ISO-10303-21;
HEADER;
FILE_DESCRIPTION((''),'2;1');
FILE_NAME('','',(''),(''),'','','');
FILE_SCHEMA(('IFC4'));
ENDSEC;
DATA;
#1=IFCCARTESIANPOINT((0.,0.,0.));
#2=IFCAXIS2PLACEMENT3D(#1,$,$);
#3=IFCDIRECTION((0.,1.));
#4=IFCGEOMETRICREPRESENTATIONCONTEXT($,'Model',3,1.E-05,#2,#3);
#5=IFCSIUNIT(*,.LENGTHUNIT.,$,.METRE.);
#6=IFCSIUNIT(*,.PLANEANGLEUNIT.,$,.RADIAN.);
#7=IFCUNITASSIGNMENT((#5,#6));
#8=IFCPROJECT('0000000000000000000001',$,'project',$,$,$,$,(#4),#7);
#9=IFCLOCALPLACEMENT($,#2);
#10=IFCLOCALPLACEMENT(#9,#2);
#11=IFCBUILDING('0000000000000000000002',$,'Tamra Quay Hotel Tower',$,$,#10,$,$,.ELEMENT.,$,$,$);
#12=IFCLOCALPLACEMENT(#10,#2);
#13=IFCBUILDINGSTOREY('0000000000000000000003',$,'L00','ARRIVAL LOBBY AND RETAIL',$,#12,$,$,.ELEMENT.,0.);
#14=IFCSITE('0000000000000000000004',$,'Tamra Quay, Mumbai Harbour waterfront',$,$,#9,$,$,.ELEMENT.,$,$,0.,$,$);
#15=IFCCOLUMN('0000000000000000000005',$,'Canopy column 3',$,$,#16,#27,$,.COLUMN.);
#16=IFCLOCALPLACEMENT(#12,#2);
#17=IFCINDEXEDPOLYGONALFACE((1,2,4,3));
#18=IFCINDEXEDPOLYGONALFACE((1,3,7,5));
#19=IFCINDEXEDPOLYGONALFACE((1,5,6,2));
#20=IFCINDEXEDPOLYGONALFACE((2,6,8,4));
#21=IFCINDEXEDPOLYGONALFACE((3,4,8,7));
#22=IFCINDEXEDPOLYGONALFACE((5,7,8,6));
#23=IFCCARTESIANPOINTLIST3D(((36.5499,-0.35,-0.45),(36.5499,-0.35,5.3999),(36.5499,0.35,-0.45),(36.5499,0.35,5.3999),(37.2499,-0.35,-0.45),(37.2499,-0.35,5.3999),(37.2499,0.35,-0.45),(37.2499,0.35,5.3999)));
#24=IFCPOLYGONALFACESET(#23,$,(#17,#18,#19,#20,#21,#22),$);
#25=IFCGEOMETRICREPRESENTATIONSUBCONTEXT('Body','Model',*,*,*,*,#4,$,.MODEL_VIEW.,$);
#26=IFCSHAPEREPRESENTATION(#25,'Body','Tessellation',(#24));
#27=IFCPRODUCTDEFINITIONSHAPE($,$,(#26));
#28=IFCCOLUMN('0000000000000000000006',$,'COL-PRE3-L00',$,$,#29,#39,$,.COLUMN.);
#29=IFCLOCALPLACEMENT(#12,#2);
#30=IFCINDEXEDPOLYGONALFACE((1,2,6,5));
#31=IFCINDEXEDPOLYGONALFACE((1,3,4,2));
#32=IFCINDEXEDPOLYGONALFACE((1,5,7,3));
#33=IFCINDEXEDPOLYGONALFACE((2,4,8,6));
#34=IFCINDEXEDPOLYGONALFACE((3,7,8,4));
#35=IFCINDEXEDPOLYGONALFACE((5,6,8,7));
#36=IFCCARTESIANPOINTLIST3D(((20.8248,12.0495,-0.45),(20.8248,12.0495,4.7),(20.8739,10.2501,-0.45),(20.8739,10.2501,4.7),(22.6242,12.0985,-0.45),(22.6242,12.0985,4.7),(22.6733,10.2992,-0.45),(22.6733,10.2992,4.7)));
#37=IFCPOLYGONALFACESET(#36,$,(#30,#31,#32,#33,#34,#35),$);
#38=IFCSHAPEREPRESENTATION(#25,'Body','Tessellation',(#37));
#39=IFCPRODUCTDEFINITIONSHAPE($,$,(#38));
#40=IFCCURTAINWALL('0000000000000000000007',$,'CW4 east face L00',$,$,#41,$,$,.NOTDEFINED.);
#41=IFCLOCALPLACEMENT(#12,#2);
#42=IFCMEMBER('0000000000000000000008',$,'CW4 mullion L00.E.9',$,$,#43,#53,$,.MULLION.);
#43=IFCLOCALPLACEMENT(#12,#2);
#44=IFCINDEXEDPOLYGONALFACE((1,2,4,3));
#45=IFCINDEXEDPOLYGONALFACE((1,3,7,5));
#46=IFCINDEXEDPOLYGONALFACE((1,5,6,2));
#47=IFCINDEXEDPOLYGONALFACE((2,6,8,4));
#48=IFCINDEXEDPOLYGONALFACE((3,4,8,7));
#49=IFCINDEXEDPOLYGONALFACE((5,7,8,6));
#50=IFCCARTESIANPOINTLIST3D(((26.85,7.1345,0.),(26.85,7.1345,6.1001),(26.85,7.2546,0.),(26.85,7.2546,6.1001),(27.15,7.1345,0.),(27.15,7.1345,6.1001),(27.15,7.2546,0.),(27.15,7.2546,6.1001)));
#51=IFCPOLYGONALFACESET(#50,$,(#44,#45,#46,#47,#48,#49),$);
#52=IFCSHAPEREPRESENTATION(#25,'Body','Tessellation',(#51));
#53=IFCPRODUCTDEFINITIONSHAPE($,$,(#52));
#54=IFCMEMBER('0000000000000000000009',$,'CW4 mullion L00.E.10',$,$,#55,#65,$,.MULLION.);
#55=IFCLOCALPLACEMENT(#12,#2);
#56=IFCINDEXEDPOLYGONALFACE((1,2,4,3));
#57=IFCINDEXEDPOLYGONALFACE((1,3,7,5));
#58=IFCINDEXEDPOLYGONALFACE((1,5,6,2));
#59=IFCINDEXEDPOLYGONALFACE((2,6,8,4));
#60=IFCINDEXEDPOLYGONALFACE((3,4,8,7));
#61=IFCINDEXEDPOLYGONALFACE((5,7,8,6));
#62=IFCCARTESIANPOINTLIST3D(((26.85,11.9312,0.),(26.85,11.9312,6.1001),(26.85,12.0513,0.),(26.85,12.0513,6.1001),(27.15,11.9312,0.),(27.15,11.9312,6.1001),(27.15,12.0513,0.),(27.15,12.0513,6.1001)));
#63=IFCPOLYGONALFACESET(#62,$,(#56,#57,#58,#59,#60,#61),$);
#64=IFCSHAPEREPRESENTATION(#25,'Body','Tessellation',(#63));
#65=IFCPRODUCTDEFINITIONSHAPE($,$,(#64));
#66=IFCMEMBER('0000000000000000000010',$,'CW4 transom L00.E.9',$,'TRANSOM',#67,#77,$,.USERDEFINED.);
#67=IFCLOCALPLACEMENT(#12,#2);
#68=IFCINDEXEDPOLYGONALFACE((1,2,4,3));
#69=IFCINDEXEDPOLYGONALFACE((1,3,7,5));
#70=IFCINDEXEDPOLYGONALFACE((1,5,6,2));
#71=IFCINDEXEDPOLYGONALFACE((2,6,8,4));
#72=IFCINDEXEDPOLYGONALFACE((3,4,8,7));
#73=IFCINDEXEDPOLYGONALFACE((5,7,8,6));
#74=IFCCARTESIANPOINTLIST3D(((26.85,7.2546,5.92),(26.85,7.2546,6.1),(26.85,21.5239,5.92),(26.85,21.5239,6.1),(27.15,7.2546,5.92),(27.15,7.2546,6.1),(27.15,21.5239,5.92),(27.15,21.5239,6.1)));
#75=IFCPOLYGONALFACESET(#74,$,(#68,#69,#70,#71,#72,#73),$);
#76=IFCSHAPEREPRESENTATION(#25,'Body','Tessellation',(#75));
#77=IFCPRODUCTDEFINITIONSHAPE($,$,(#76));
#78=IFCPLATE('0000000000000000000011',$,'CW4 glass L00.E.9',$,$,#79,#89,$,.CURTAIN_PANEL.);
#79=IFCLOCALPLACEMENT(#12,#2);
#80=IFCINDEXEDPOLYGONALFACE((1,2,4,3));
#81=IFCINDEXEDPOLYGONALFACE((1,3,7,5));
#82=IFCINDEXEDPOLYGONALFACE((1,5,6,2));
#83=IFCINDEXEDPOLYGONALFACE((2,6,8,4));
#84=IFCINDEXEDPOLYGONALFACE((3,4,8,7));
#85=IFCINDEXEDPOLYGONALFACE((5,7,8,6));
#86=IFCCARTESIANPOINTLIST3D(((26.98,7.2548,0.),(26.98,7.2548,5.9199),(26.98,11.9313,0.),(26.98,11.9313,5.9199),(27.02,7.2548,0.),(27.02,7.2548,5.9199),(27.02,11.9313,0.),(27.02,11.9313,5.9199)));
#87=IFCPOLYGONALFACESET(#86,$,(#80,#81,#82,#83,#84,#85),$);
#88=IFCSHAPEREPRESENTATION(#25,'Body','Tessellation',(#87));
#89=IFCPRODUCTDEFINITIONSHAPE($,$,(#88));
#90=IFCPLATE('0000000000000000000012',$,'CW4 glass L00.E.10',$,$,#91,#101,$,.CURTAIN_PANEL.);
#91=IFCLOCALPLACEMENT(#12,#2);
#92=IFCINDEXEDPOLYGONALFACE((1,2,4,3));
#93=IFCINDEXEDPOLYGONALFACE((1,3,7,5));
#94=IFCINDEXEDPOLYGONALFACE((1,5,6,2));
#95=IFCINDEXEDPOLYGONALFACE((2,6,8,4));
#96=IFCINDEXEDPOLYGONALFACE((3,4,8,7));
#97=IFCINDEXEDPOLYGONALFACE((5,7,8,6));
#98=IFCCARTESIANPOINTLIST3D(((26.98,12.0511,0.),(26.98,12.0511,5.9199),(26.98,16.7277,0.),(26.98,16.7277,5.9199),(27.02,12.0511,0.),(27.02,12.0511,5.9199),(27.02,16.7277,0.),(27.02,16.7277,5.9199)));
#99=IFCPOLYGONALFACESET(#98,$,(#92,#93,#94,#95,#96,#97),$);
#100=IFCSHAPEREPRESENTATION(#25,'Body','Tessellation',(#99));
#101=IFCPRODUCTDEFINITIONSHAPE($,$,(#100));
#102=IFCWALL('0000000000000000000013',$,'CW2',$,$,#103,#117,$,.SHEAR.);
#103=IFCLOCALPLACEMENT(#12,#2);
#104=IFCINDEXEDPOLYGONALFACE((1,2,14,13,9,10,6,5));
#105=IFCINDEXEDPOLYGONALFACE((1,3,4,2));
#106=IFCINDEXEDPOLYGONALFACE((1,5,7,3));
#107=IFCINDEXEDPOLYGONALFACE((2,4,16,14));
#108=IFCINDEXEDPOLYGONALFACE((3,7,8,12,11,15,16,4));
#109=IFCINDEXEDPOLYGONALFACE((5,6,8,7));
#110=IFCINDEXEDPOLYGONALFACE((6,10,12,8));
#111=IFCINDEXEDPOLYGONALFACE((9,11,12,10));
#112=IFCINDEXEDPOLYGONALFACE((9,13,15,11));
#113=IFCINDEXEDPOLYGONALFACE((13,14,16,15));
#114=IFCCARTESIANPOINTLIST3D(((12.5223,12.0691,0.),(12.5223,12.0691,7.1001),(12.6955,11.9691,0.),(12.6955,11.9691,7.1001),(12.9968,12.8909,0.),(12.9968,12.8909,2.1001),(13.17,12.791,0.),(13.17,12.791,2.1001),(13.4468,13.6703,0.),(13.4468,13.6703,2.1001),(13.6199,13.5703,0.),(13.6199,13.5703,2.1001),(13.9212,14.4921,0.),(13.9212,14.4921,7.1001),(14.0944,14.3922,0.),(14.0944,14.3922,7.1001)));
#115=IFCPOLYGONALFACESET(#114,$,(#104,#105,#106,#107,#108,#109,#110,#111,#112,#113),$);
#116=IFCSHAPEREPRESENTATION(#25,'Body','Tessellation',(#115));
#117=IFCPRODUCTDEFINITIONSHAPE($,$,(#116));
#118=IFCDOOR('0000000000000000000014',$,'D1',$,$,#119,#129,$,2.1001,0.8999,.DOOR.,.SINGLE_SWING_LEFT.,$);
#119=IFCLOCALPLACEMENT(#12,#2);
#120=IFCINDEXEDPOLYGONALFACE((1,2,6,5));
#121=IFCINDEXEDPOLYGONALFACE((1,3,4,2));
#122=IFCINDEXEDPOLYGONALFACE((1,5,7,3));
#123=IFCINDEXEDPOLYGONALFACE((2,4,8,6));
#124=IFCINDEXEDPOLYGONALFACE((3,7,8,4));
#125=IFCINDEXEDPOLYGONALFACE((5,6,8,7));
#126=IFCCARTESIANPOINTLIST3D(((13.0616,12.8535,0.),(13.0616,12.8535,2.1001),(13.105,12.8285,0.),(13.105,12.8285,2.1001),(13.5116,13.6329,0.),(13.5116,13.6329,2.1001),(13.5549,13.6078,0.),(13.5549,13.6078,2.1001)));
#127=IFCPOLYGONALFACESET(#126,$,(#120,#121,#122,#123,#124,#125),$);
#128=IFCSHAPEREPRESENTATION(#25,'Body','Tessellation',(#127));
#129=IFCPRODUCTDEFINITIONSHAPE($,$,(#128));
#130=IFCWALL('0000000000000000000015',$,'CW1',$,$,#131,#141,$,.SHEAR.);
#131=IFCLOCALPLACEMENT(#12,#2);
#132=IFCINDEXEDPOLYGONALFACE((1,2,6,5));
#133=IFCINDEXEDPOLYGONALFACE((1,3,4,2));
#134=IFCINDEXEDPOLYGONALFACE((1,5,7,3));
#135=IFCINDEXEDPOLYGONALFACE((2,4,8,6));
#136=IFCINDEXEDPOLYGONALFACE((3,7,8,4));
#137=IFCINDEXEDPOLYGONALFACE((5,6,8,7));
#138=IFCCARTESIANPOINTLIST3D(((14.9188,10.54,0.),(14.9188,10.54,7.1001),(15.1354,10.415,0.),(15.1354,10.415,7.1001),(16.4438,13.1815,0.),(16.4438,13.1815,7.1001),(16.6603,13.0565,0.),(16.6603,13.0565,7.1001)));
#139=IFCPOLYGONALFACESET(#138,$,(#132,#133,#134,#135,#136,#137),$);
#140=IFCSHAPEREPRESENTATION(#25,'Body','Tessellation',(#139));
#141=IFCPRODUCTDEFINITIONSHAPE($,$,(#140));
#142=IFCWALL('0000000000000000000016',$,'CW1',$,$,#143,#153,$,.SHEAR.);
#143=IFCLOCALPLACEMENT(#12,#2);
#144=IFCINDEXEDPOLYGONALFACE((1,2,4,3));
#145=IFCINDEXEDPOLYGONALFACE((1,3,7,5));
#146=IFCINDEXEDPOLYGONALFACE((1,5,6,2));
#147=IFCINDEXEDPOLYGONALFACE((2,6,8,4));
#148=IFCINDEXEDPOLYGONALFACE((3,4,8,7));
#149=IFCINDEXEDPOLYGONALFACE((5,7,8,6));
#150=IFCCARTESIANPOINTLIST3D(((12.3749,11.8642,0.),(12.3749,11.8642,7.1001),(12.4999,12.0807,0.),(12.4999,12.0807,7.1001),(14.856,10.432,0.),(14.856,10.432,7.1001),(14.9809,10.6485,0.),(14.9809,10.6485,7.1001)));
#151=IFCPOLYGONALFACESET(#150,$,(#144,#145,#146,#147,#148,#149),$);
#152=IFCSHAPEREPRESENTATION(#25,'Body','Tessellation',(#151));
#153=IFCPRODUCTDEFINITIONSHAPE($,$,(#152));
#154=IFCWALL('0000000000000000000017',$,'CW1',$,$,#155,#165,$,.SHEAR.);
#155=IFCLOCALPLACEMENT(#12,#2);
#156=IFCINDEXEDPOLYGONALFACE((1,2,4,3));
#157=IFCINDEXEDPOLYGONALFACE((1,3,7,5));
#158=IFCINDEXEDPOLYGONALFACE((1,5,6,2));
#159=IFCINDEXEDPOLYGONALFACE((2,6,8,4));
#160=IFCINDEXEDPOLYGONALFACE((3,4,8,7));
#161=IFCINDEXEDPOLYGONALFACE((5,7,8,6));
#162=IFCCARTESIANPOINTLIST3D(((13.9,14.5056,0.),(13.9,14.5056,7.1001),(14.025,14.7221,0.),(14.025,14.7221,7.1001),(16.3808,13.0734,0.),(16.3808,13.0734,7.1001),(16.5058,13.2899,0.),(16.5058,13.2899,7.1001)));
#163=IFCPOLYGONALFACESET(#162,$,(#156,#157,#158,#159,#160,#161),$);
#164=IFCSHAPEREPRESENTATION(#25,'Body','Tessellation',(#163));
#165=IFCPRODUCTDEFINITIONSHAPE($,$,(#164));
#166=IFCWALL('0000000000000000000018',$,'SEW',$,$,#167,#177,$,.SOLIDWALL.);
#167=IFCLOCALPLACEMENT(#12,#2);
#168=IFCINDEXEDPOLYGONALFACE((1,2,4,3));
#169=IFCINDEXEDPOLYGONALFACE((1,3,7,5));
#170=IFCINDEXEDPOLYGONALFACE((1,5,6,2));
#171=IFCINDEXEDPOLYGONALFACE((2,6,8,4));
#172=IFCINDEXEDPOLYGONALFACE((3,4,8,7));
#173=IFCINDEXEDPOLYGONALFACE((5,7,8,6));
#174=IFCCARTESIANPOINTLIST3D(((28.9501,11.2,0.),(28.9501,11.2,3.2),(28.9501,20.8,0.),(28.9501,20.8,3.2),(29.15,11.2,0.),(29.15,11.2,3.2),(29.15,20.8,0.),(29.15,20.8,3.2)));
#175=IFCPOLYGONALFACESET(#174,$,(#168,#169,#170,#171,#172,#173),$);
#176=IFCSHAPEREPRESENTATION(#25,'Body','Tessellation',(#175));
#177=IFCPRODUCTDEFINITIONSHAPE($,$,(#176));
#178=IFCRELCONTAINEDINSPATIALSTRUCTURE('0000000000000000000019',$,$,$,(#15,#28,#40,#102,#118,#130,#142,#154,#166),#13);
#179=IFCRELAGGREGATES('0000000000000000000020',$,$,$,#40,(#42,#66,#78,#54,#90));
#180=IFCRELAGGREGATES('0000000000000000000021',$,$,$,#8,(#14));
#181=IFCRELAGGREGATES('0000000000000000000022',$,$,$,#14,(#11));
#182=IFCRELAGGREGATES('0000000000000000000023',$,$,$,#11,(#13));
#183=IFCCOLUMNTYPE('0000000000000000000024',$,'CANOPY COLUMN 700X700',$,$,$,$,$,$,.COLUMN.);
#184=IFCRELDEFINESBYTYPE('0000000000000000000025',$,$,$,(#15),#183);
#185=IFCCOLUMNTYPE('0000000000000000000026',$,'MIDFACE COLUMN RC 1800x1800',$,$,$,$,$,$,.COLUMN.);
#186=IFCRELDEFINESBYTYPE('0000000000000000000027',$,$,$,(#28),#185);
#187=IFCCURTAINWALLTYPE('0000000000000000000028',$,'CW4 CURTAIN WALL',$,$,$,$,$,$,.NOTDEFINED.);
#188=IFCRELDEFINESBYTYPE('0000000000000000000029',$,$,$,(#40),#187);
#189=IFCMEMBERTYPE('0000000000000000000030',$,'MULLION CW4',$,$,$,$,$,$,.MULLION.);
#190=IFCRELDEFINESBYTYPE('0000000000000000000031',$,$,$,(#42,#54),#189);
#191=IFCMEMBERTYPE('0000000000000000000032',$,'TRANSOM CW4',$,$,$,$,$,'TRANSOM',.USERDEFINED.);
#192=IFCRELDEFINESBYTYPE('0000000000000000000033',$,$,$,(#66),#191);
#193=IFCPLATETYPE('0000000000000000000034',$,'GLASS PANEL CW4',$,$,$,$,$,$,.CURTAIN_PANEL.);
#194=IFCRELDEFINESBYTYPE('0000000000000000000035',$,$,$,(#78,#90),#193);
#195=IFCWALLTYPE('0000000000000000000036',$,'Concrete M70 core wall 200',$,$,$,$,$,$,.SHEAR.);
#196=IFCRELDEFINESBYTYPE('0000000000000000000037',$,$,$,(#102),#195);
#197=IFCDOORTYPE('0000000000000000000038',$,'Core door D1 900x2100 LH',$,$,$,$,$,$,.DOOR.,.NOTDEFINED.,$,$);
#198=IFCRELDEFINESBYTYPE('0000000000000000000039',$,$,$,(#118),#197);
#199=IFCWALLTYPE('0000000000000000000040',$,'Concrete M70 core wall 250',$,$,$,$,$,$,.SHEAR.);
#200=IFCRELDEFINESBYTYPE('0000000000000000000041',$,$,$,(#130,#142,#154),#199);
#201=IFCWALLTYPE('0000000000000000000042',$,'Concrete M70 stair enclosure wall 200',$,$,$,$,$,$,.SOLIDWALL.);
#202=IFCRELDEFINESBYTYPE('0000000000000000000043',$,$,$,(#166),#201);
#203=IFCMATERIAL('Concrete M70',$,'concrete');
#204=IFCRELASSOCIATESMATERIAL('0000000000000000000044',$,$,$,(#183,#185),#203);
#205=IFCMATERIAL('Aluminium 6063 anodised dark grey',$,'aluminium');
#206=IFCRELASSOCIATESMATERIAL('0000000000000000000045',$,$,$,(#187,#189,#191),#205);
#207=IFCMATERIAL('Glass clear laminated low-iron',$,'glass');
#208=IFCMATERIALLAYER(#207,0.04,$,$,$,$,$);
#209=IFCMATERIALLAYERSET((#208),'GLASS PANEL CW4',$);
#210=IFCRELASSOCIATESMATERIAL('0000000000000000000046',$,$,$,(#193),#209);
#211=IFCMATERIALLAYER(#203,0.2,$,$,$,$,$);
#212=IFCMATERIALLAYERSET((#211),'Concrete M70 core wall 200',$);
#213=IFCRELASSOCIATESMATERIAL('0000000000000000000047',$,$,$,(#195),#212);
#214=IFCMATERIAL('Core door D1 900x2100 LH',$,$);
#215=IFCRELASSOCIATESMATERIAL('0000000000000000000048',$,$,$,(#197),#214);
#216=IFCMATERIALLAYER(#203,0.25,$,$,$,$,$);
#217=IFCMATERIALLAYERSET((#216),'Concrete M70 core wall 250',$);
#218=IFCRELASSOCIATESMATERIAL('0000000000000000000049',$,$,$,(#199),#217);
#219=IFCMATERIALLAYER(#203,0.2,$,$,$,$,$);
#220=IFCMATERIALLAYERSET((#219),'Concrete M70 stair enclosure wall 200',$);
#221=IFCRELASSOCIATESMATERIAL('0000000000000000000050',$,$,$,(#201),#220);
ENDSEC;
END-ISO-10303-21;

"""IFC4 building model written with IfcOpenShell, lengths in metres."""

from ifc_helpers import new_model, si_unit, direction, frame, frame_2d, origin, origin_2d, place, context, subcontext, project, spatial, rectangle, extrude, material, layer, layer_set, material_profile, profile_set, type_object, element, fill, aggregate, save


model = new_model("IFC4")

# Units and contexts
model_context = context("Model", 3, precision=1e-05, world=origin(), true_north=direction((0.0, 1.0)))
body_context = subcontext(model_context, "Body", "Model", "MODEL_VIEW")
ifc_project = project(units=[si_unit("LENGTHUNIT", "METRE"), si_unit("PLANEANGLEUNIT", "RADIAN")], contexts=[model_context])

# Site, building, storey
site_placement = place(None, origin())
site = spatial("IfcSite", under=ifc_project, at=site_placement, Name="Tamra Quay, Mumbai Harbour waterfront", CompositionType="ELEMENT", RefElevation=0.0)
building_placement = place(site_placement, origin())
building = spatial("IfcBuilding", under=site, at=building_placement, Name="Tamra Quay Hotel Tower", CompositionType="ELEMENT")
storey_placement = place(building_placement, origin())
storey = spatial("IfcBuildingStorey", under=building, at=storey_placement, Name="L00", Description="ARRIVAL LOBBY AND RETAIL", CompositionType="ELEMENT", Elevation=0.0)

# Columns
ifc_material_1 = material(Name="Concrete M70", Category="concrete")
ifc_material_profile_1 = material_profile(ifc_material_1, rectangle(XDim=0.7, YDim=0.7, at=origin_2d()), Name="Concrete M70")
ifc_profile_set_1 = profile_set([ifc_material_profile_1], Name="Concrete M70")
column_type_1 = type_object("IfcColumnType", Name="CANOPY COLUMN 700X700", PredefinedType="COLUMN", material=ifc_profile_set_1)
column_1_placement = place(storey_placement, frame((36.8999, 0.0, -0.45), z_axis=(0.0, 0.0, 1.0), x_axis=(1.0, 0.0, 0.0)))
element("IfcColumn", 1, at=column_1_placement, inside=storey, type_object=column_type_1, Name="Canopy column 3", PredefinedType="COLUMN", context=body_context, shape_type="SweptSolid", body=[
    extrude(rectangle(XDim=0.7, YDim=0.7, at=origin_2d()), origin(), (0.0, 0.0, 1.0), 5.8499),
])
ifc_material_profile_2 = material_profile(ifc_material_1, rectangle(XDim=1.8, YDim=1.8, at=origin_2d()), Name="MIDFACE COLUMN RC 1800x1800")
ifc_profile_set_2 = profile_set([ifc_material_profile_2], Name="Concrete M70")
column_type_2 = type_object("IfcColumnType", Name="MIDFACE COLUMN RC 1800x1800", PredefinedType="COLUMN", material=ifc_profile_set_2)
column_2_placement = place(storey_placement, frame((21.749, 11.1743, -0.45), z_axis=(0.0, 0.0, 1.0), x_axis=(0.999628, 0.027269, 0.0)))
element("IfcColumn", 2, at=column_2_placement, inside=storey, type_object=column_type_2, Name="COL-PRE3-L00", PredefinedType="COLUMN", context=body_context, shape_type="SweptSolid", body=[
    extrude(rectangle(XDim=1.8, YDim=1.8, at=origin_2d()), origin(), (0.0, 0.0, 1.0), 5.1499),
])

# Curtain wall, members, plates
ifc_material_2 = material(Name="Aluminium 6063 anodised dark grey", Category="aluminium")
curtain_wall_type = type_object("IfcCurtainWallType", Name="CW4 CURTAIN WALL", PredefinedType="NOTDEFINED", material=ifc_material_2)
curtain_wall_placement = place(storey_placement, origin())
curtain_wall = element("IfcCurtainWall", 3, at=curtain_wall_placement, inside=storey, type_object=curtain_wall_type, Name="CW4 east face L00", PredefinedType="NOTDEFINED")
ifc_material_profile_3 = material_profile(ifc_material_2, rectangle(XDim=0.3, YDim=0.1201, at=origin_2d()), Name="MULLION 120X300")
ifc_profile_set_3 = profile_set([ifc_material_profile_3], Name="Aluminium 6063 anodised dark grey")
member_type_1 = type_object("IfcMemberType", Name="MULLION CW4", PredefinedType="MULLION", material=ifc_profile_set_3)
member_1_placement = place(storey_placement, frame((27.0, 7.1946, 0.0), z_axis=(0.0, 0.0, 1.0), x_axis=(1.0, 0.0, 0.0)))
member_1 = element("IfcMember", 4, at=member_1_placement, type_object=member_type_1, Name="CW4 mullion L00.E.9", PredefinedType="MULLION", context=body_context, shape_type="SweptSolid", body=[
    extrude(rectangle(XDim=0.3, YDim=0.1201, at=origin_2d()), origin(), (0.0, 0.0, 1.0), 6.1001),
])
member_2_placement = place(storey_placement, frame((27.0, 11.9912, 0.0), z_axis=(0.0, 0.0, 1.0), x_axis=(1.0, 0.0, 0.0)))
member_2 = element("IfcMember", 5, at=member_2_placement, type_object=member_type_1, Name="CW4 mullion L00.E.10", PredefinedType="MULLION", context=body_context, shape_type="SweptSolid", body=[
    extrude(rectangle(XDim=0.3, YDim=0.1201, at=origin_2d()), origin(), (0.0, 0.0, 1.0), 6.1001),
])
ifc_material_profile_4 = material_profile(ifc_material_2, rectangle(XDim=0.3, YDim=0.1799, at=origin_2d()), Name="TRANSOM 300X180")
ifc_profile_set_4 = profile_set([ifc_material_profile_4], Name="Aluminium 6063 anodised dark grey")
member_type_2 = type_object("IfcMemberType", Name="TRANSOM CW4", ElementType="TRANSOM", PredefinedType="USERDEFINED", material=ifc_profile_set_4)
member_3_placement = place(storey_placement, frame((27.0, 7.2546, 6.01), z_axis=(0.0, 1.0, 0.0), x_axis=(-1.0, 0.0, 0.0)))
member_3 = element("IfcMember", 6, at=member_3_placement, type_object=member_type_2, Name="CW4 transom L00.E.9", ObjectType="TRANSOM", PredefinedType="USERDEFINED", context=body_context, shape_type="SweptSolid", body=[
    extrude(rectangle(XDim=0.3, YDim=0.1799, at=origin_2d()), origin(), (0.0, 0.0, 1.0), 14.2693),
])
ifc_material_3 = material(Name="Glass clear laminated low-iron", Category="glass")
ifc_layer_1 = layer(ifc_material_3, 0.04)
ifc_layer_set_1 = layer_set([ifc_layer_1], Name="GLASS PANEL CW4")
plate_type = type_object("IfcPlateType", Name="GLASS PANEL CW4", PredefinedType="CURTAIN_PANEL", material=ifc_layer_set_1)
plate_1_placement = place(storey_placement, frame((27.0, 9.593, 0.0), z_axis=(0.0, 0.0, 1.0), x_axis=(0.0, 1.0, 0.0)))
plate_1 = element("IfcPlate", 7, at=plate_1_placement, type_object=plate_type, Name="CW4 glass L00.E.9", PredefinedType="CURTAIN_PANEL", context=body_context, shape_type="SweptSolid", body=[
    extrude(rectangle(XDim=4.6765, YDim=0.04, at=origin_2d()), origin(), (0.0, 0.0, 1.0), 5.9199),
])
plate_2_placement = place(storey_placement, frame((27.0, 14.3894, 0.0), z_axis=(0.0, 0.0, 1.0), x_axis=(0.0, 1.0, 0.0)))
plate_2 = element("IfcPlate", 8, at=plate_2_placement, type_object=plate_type, Name="CW4 glass L00.E.10", PredefinedType="CURTAIN_PANEL", context=body_context, shape_type="SweptSolid", body=[
    extrude(rectangle(XDim=4.6765, YDim=0.04, at=origin_2d()), origin(), (0.0, 0.0, 1.0), 5.9199),
])
aggregate(curtain_wall, [member_1, member_3, plate_1, member_2, plate_2])

# Wall, opening, door
ifc_layer_2 = layer(ifc_material_1, 0.2)
ifc_layer_set_2 = layer_set([ifc_layer_2], Name="Concrete M70 core wall 200")
wall_type_1 = type_object("IfcWallType", Name="Concrete M70 core wall 200", PredefinedType="SHEAR", material=ifc_layer_set_2)
wall_1_placement = place(storey_placement, frame((14.0078, 14.4421, 0.0), z_axis=(0.0, 0.0, 1.0), x_axis=(-0.499987, -0.866033, 0.0)))
wall_1 = element("IfcWall", 9, at=wall_1_placement, inside=storey, type_object=wall_type_1, Name="CW2", PredefinedType="SHEAR", context=body_context, shape_type="SweptSolid", body=[
    extrude(rectangle(XDim=2.7979, YDim=0.2, at=frame_2d((1.3989, 0.0))), origin(), (0.0, 0.0, 1.0), 7.1001),
])
opening_1_placement = place(wall_1_placement, frame((0.949, 0.0, 0.0)))
opening_1 = element("IfcOpeningElement", 10, at=opening_1_placement, cuts=wall_1, PredefinedType="OPENING", context=body_context, shape_type="SweptSolid", body=[
    extrude(rectangle(XDim=0.8999, YDim=2.1001, at=frame_2d((0.45, 1.05))), frame((0.0, 0.1099, 0.0), z_axis=(0.0, -1.0, 0.0), x_axis=(1.0, 0.0, 0.0)), (0.0, 0.0, 1.0), 0.22),
])
ifc_material_4 = material(Name="Core door D1 900x2100 LH")
door_type_1 = type_object("IfcDoorType", Name="Core door D1 900x2100 LH", OperationType="NOTDEFINED", PredefinedType="DOOR", material=ifc_material_4)
door_1_placement = place(opening_1_placement, origin())
door_1 = element("IfcDoor", 11, at=door_1_placement, inside=storey, type_object=door_type_1, Name="D1", OperationType="SINGLE_SWING_LEFT", OverallHeight=2.1001, OverallWidth=0.8999, PredefinedType="DOOR", context=body_context, shape_type="SweptSolid", body=[
    extrude(rectangle(XDim=0.8999, YDim=2.1001, at=frame_2d((0.45, 1.05))), frame((0.0, 0.0249, 0.0), z_axis=(0.0, -1.0, 0.0), x_axis=(1.0, 0.0, 0.0)), (0.0, 0.0, 1.0), 0.05),
])
fill(opening_1, door_1)

# Walls
ifc_layer_3 = layer(ifc_material_1, 0.25)
ifc_layer_set_3 = layer_set([ifc_layer_3], Name="Concrete M70 core wall 250")
wall_type_2 = type_object("IfcWallType", Name="Concrete M70 core wall 250", PredefinedType="SHEAR", material=ifc_layer_set_3)
wall_2_placement = place(storey_placement, frame((16.552, 13.1189, 0.0), z_axis=(0.0, 0.0, 1.0), x_axis=(-0.499979, -0.866038, 0.0)))
element("IfcWall", 12, at=wall_2_placement, inside=storey, type_object=wall_type_2, Name="CW1", PredefinedType="SHEAR", context=body_context, shape_type="SweptSolid", body=[
    extrude(rectangle(XDim=3.05, YDim=0.25, at=frame_2d((1.5249, 0.0))), origin(), (0.0, 0.0, 1.0), 7.1001),
])
wall_3_placement = place(storey_placement, frame((14.9185, 10.5403, 0.0), z_axis=(0.0, 0.0, 1.0), x_axis=(-0.866064, 0.499934, 0.0)))
element("IfcWall", 13, at=wall_3_placement, inside=storey, type_object=wall_type_2, Name="CW1", PredefinedType="SHEAR", context=body_context, shape_type="SweptSolid", body=[
    extrude(rectangle(XDim=2.8647, YDim=0.25, at=frame_2d((1.4324, 0.0))), origin(), (0.0, 0.0, 1.0), 7.1001),
])
wall_4_placement = place(storey_placement, frame((13.9626, 14.6138, 0.0), z_axis=(0.0, 0.0, 1.0), x_axis=(0.866042, -0.499971, 0.0)))
element("IfcWall", 14, at=wall_4_placement, inside=storey, type_object=wall_type_2, Name="CW1", PredefinedType="SHEAR", context=body_context, shape_type="SweptSolid", body=[
    extrude(rectangle(XDim=2.8645, YDim=0.25, at=frame_2d((1.4321, 0.0))), origin(), (0.0, 0.0, 1.0), 7.1001),
])
ifc_layer_4 = layer(ifc_material_1, 0.2)
ifc_layer_set_4 = layer_set([ifc_layer_4], Name="Concrete M70 stair enclosure wall 200")
wall_type_3 = type_object("IfcWallType", Name="Concrete M70 stair enclosure wall 200", PredefinedType="SOLIDWALL", material=ifc_layer_set_4)
for number, where, z_axis, x_axis, name in (
    (15, (29.05, 11.2, 0.0), (0.0, 0.0, 1.0), (0.0, 1.0, 0.0), "SEW"),
):
    element("IfcWall", number, at=place(storey_placement, frame(where, z_axis=z_axis, x_axis=x_axis)), inside=storey, type_object=wall_type_3, Name=name, PredefinedType="SOLIDWALL", context=body_context, shape_type="SweptSolid", body=[
        extrude(rectangle(XDim=9.6001, YDim=0.2, at=frame_2d((4.8, 0.0))), origin(), (0.0, 0.0, 1.0), 3.2),
    ])

save(model, "model.ifc")
